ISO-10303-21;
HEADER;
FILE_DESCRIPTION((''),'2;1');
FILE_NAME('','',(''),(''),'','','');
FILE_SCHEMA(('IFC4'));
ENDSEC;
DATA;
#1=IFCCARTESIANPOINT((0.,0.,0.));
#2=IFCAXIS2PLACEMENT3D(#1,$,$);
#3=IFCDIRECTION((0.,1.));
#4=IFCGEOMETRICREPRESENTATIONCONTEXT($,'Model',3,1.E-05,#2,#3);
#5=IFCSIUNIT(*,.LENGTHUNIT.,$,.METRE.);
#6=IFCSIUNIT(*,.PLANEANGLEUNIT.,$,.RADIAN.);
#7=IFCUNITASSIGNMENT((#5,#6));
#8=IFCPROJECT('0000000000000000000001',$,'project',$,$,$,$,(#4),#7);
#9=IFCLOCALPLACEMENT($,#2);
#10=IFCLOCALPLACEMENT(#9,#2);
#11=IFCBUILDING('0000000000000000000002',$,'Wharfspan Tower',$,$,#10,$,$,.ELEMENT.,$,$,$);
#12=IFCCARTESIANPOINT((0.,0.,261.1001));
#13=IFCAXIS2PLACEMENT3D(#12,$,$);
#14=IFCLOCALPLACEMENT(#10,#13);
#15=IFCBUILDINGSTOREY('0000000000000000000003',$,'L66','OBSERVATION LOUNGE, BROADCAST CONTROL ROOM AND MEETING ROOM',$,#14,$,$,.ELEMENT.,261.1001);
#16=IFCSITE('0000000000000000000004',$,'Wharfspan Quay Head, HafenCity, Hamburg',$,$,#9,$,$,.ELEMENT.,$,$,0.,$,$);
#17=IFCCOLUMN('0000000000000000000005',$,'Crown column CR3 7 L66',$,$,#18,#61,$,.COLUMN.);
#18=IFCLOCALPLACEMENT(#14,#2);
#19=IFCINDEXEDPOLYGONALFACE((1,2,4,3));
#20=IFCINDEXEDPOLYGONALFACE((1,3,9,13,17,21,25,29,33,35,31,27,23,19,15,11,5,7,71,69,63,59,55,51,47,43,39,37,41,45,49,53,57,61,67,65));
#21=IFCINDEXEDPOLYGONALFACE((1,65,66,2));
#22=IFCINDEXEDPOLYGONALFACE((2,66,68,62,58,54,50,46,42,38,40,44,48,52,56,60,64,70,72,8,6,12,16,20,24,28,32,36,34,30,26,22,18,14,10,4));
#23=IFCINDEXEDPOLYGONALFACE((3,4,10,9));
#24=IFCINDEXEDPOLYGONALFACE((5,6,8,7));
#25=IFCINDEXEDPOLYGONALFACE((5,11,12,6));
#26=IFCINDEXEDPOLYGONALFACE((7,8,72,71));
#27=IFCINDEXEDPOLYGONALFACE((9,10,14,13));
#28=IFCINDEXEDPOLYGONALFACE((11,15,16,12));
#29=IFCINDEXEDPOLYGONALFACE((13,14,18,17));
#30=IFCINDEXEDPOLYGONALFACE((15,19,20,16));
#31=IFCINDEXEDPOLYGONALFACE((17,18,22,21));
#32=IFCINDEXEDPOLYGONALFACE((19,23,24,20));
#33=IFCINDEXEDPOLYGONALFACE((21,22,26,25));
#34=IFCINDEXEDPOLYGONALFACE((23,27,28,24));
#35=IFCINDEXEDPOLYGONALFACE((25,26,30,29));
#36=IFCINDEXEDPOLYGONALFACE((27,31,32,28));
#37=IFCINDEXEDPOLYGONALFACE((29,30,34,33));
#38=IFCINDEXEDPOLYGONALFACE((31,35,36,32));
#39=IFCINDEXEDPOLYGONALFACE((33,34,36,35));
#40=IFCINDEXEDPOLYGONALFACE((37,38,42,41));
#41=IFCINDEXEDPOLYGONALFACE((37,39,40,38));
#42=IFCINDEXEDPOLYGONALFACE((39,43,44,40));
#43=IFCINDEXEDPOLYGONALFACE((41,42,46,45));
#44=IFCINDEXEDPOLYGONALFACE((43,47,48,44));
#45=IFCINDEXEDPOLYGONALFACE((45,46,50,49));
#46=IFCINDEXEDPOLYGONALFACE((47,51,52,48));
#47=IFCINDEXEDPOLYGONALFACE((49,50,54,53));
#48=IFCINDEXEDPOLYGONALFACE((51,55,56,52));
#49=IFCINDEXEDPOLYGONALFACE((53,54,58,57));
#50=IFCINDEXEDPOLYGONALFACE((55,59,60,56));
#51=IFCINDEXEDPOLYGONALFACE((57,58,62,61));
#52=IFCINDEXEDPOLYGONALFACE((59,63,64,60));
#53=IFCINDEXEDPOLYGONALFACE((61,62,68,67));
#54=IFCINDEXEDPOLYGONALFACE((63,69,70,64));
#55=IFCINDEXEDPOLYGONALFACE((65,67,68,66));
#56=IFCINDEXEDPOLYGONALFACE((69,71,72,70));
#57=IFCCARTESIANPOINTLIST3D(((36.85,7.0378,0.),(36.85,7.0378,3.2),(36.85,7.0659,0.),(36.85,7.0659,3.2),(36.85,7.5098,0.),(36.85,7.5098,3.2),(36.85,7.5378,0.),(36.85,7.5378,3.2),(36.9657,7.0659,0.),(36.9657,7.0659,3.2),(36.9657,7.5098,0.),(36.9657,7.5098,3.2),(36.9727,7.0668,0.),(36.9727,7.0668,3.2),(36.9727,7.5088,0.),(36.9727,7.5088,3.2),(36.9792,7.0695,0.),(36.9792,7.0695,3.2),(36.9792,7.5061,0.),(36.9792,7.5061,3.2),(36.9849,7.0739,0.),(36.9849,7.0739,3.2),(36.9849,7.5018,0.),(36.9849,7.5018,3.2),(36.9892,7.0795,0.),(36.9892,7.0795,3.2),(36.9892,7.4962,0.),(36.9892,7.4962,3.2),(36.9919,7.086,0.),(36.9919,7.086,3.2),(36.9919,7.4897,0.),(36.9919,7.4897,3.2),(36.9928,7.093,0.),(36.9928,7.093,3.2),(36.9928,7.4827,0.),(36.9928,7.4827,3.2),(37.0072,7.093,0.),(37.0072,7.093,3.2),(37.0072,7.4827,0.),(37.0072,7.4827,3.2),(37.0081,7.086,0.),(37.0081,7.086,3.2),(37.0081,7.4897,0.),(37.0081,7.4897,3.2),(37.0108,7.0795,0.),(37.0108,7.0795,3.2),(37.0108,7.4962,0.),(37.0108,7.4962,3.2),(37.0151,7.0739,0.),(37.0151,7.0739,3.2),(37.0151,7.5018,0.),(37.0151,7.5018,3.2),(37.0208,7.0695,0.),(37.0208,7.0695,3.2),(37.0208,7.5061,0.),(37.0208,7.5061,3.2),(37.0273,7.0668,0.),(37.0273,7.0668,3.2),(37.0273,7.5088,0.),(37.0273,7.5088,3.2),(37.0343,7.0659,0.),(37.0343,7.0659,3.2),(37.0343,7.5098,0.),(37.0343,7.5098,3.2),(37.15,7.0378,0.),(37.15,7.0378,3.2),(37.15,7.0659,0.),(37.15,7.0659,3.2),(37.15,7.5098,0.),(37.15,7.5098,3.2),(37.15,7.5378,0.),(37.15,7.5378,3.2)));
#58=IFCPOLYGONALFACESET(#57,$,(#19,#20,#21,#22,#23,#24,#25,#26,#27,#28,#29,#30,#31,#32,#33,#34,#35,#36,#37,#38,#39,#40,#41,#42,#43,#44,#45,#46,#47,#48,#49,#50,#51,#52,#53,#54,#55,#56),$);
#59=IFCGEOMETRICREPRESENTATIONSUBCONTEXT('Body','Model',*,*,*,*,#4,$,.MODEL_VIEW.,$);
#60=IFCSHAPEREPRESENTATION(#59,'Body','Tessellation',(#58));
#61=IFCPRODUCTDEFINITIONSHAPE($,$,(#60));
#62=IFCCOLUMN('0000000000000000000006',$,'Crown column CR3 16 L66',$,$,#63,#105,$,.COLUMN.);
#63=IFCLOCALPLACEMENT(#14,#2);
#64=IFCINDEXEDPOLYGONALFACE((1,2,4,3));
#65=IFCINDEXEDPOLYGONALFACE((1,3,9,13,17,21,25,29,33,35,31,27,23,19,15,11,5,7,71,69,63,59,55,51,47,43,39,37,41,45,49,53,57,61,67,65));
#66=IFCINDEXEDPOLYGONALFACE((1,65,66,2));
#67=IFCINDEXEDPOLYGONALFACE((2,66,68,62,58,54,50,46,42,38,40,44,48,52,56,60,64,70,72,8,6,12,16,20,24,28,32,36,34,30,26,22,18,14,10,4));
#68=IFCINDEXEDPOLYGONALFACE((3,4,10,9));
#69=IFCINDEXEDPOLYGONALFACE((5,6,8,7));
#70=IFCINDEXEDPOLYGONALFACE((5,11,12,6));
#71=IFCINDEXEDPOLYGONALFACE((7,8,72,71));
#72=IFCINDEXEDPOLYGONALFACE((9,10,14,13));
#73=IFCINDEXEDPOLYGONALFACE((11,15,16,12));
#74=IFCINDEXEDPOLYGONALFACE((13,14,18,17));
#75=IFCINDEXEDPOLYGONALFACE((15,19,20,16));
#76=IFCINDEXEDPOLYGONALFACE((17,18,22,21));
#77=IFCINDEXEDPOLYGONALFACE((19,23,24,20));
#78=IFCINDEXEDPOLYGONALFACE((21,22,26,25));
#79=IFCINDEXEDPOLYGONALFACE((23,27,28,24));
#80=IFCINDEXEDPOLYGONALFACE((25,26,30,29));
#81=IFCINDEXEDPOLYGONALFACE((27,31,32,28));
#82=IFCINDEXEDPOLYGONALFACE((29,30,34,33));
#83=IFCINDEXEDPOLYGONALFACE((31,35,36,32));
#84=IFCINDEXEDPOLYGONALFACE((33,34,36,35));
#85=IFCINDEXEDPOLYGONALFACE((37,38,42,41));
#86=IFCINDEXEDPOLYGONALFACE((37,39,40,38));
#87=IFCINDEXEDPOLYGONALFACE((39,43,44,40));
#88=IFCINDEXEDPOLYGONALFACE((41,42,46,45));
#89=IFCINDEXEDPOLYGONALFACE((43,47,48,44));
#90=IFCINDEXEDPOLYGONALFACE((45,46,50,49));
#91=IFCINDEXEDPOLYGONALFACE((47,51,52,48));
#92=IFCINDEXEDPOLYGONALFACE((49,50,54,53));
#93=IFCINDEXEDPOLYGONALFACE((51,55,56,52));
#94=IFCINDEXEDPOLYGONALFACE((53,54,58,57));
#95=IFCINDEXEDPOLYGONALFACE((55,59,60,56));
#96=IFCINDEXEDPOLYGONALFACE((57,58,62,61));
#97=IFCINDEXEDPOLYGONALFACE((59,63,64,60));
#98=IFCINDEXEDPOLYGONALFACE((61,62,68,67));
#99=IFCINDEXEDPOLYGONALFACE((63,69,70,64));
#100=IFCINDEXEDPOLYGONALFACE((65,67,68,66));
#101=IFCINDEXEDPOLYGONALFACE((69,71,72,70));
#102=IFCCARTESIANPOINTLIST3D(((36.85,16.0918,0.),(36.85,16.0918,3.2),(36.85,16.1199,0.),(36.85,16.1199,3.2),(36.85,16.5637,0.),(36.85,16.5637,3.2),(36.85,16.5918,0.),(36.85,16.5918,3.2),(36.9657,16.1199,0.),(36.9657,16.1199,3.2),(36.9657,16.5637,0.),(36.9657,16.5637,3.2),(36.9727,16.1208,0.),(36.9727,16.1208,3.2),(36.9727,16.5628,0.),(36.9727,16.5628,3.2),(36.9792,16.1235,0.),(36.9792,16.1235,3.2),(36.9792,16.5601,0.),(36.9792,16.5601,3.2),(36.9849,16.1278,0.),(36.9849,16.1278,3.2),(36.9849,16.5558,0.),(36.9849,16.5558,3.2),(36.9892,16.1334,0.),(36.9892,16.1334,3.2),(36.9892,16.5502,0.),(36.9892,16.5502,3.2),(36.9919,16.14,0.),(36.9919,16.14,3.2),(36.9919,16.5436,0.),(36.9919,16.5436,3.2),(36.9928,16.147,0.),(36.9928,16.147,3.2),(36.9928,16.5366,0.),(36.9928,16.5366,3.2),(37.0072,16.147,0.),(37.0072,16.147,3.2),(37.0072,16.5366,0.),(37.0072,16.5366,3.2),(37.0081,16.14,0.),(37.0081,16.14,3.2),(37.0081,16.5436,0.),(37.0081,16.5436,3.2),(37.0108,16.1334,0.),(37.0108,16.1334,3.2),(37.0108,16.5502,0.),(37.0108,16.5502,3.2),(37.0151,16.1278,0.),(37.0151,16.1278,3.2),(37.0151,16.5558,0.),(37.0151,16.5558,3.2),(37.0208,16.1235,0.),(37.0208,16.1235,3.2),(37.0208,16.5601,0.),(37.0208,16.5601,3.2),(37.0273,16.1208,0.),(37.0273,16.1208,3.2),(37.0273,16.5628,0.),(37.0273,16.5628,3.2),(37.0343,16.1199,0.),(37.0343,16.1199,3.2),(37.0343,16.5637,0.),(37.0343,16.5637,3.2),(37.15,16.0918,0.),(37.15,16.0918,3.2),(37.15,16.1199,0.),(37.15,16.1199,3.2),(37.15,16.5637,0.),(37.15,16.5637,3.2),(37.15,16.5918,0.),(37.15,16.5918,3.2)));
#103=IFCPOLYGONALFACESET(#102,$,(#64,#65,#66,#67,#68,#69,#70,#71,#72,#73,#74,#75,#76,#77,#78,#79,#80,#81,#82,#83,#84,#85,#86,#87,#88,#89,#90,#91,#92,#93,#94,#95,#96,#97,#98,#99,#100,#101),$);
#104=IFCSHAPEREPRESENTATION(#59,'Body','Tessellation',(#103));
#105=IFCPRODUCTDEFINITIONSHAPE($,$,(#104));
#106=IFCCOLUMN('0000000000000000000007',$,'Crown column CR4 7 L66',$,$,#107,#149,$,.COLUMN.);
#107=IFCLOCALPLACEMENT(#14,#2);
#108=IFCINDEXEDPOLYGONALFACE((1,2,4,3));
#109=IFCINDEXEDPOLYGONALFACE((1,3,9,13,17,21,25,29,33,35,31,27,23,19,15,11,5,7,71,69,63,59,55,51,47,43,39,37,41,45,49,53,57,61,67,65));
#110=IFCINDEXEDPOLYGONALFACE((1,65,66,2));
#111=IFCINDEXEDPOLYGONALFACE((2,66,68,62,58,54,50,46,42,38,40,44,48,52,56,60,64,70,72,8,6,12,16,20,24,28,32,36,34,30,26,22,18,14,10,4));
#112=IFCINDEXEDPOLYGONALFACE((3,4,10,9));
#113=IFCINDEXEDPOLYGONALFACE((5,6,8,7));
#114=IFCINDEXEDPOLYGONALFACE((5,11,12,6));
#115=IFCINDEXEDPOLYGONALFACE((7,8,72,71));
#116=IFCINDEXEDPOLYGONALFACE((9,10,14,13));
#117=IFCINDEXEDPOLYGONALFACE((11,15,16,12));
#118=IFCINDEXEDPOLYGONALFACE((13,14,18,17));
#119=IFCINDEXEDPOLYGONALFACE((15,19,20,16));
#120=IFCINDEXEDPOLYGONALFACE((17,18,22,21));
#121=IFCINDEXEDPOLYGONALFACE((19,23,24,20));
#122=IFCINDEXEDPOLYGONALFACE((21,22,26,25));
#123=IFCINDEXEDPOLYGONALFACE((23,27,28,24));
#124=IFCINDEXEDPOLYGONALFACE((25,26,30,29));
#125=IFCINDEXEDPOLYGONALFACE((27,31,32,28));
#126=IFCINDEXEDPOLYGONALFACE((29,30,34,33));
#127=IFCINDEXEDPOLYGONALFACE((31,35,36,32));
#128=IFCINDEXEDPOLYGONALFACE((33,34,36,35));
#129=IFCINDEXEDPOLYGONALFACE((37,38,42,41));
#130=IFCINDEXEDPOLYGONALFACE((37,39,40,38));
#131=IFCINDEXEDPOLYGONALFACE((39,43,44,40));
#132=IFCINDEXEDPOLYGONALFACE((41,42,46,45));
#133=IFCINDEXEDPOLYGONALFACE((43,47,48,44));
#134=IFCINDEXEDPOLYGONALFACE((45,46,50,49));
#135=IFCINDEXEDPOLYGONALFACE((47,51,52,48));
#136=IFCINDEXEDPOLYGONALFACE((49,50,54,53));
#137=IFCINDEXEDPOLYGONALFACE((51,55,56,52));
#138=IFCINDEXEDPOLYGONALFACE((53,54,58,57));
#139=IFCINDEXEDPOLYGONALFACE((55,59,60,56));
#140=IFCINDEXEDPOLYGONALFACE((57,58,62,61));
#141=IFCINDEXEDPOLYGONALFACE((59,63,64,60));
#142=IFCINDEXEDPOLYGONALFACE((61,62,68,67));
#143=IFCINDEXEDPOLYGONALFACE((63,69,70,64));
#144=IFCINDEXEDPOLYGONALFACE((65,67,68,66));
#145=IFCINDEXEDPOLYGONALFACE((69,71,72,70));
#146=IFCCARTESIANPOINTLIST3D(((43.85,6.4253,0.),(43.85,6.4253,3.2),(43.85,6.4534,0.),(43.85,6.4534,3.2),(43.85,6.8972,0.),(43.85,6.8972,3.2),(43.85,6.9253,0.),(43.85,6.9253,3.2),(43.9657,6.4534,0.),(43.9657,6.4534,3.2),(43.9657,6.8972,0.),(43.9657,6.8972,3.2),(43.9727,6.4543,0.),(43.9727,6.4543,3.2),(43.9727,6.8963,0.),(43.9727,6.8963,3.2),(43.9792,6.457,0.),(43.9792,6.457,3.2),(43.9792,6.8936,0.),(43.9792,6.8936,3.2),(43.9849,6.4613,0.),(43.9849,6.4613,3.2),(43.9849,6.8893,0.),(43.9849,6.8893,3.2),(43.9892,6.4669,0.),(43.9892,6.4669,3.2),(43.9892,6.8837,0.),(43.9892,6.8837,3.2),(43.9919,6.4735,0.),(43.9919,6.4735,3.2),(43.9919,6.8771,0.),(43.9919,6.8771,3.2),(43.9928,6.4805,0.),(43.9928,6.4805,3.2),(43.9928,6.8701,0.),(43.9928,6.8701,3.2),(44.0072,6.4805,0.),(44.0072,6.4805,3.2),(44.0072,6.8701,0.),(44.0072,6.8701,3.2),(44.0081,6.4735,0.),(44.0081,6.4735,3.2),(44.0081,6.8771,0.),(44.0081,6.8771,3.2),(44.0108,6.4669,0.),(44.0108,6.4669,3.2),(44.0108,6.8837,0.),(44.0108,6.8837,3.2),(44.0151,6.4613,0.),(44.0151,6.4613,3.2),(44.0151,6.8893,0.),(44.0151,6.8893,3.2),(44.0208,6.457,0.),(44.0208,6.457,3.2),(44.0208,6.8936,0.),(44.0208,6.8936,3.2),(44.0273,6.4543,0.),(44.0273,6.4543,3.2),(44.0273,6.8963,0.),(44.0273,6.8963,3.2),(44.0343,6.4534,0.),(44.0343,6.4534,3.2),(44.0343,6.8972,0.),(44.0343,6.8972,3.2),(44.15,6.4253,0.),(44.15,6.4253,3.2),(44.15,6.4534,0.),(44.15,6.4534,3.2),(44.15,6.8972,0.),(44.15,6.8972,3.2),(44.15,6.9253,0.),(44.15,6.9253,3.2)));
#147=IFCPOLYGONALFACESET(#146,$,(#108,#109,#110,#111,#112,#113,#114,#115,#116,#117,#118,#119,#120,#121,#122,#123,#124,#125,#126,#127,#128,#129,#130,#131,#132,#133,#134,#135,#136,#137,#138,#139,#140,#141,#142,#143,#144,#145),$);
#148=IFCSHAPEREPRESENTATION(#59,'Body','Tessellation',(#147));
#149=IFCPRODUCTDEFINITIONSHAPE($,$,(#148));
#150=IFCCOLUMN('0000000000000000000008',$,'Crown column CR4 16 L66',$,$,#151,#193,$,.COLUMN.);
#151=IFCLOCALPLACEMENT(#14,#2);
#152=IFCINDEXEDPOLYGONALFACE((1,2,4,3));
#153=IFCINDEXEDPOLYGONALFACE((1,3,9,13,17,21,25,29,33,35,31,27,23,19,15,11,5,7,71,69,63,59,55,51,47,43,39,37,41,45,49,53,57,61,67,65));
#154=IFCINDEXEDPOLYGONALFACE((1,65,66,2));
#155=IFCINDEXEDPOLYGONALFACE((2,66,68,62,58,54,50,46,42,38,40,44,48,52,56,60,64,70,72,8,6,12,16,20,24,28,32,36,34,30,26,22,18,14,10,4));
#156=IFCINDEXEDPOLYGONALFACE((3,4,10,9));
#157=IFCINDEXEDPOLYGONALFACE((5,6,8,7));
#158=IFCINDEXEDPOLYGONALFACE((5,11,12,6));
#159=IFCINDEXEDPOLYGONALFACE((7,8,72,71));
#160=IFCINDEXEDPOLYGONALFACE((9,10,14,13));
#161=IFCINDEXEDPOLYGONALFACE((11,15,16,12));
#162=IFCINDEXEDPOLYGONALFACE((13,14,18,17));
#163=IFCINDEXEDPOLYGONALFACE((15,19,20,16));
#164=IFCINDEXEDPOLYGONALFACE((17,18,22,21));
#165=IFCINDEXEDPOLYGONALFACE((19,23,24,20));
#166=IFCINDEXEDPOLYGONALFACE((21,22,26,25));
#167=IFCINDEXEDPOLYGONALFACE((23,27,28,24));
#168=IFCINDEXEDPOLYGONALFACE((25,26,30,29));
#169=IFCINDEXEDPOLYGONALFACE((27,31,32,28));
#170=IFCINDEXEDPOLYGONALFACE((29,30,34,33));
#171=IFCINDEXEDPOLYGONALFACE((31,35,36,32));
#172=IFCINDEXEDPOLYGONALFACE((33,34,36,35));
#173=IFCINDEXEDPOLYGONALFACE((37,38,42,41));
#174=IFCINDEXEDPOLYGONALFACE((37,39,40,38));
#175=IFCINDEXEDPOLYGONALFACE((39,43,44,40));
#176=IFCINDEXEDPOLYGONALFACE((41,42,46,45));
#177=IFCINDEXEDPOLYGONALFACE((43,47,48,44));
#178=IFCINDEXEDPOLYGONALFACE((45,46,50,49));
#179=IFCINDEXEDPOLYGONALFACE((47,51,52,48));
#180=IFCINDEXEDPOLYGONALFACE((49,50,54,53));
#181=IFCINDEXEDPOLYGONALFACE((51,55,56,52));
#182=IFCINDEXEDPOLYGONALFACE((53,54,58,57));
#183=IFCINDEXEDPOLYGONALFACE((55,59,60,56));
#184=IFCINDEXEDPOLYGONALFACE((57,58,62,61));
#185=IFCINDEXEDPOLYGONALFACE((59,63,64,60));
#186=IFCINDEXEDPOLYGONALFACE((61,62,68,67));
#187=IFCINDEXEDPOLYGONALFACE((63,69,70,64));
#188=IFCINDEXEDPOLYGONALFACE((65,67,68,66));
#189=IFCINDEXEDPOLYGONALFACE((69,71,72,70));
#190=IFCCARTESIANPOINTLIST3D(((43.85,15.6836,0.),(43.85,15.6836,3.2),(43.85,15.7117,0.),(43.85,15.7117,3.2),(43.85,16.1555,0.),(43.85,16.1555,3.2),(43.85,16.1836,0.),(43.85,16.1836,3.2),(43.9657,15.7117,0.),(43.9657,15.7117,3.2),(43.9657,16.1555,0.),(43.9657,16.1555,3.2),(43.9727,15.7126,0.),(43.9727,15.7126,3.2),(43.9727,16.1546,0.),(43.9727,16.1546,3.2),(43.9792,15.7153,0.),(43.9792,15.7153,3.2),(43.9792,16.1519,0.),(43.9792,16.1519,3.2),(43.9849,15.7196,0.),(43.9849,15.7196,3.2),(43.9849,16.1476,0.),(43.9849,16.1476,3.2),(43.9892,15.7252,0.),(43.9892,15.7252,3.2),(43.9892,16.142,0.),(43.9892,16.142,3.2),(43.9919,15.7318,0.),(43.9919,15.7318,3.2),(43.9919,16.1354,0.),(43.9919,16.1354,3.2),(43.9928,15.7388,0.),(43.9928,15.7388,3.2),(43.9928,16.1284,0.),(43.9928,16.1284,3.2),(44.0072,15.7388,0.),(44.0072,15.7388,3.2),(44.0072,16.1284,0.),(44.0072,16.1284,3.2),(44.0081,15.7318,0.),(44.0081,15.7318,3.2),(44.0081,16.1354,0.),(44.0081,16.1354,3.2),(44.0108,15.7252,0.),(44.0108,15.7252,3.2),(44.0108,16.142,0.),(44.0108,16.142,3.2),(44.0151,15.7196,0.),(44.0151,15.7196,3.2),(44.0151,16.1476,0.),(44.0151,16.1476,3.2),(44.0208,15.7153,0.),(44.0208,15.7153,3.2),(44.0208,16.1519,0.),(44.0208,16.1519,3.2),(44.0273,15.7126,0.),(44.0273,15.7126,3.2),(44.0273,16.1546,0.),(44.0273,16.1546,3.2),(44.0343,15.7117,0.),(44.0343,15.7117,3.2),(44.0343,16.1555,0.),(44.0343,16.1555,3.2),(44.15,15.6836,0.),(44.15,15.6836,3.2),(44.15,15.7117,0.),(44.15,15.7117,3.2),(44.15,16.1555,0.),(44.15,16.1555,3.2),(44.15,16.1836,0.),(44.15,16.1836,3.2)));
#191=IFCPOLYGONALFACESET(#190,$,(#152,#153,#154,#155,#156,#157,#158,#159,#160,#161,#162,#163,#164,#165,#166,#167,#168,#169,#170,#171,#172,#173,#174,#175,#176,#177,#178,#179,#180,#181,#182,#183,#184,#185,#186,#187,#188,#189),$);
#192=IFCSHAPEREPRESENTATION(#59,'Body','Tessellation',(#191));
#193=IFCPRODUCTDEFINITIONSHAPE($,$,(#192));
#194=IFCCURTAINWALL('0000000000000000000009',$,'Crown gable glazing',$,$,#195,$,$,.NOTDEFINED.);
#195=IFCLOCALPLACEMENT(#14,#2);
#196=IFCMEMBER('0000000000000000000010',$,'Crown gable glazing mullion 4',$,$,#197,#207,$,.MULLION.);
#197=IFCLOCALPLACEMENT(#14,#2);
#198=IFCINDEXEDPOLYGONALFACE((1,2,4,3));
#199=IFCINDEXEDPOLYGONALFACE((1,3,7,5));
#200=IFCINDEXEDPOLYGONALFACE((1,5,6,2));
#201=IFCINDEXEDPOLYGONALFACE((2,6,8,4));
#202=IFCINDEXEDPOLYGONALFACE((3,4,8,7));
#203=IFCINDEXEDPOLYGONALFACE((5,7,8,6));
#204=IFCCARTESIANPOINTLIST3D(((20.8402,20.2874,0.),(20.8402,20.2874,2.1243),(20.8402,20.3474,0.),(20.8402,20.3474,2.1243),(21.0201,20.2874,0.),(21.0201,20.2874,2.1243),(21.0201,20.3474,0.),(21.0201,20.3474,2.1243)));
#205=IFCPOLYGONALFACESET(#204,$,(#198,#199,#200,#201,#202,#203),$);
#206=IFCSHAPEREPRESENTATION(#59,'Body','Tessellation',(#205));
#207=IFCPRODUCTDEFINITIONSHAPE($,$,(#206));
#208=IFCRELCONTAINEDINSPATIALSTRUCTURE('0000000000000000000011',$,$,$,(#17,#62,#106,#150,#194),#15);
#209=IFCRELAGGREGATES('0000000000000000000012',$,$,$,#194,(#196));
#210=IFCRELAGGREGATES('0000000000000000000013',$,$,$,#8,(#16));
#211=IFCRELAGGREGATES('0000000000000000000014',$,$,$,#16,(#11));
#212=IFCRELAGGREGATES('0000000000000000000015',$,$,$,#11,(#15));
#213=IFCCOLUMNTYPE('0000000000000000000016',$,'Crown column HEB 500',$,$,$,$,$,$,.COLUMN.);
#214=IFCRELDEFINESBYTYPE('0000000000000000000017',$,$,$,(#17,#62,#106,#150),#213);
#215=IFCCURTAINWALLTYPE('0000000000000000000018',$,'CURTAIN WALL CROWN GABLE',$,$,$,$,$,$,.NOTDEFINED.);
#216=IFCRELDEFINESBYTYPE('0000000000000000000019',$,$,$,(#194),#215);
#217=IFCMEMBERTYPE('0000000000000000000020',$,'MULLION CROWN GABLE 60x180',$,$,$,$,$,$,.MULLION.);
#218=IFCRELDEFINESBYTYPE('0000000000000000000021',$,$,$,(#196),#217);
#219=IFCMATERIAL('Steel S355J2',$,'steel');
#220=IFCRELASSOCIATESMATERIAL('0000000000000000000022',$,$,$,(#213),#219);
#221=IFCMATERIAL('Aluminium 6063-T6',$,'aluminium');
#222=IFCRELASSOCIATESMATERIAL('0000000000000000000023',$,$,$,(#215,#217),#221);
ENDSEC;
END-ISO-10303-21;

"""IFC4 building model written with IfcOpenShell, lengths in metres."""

from ifc_helpers import new_model, si_unit, direction, frame, origin, origin_2d, place, context, subcontext, project, spatial, rectangle, i_section, extrude, material, material_profile, profile_set, type_object, element, aggregate, save


model = new_model("IFC4")

# Units and contexts
model_context = context("Model", 3, precision=1e-05, world=origin(), true_north=direction((0.0, 1.0)))
body_context = subcontext(model_context, "Body", "Model", "MODEL_VIEW")
ifc_project = project(units=[si_unit("LENGTHUNIT", "METRE"), si_unit("PLANEANGLEUNIT", "RADIAN")], contexts=[model_context])

# Site, building, storey
site_placement = place(None, origin())
site = spatial("IfcSite", under=ifc_project, at=site_placement, Name="Wharfspan Quay Head, HafenCity, Hamburg", CompositionType="ELEMENT", RefElevation=0.0)
building_placement = place(site_placement, origin())
building = spatial("IfcBuilding", under=site, at=building_placement, Name="Wharfspan Tower", CompositionType="ELEMENT")
storey_placement = place(building_placement, frame((0.0, 0.0, 261.1001)))
storey = spatial("IfcBuildingStorey", under=building, at=storey_placement, Name="L66", Description="OBSERVATION LOUNGE, BROADCAST CONTROL ROOM AND MEETING ROOM", CompositionType="ELEMENT", Elevation=261.1001)

# Columns
ifc_material_1 = material(Name="Steel S355J2", Category="steel")
ifc_material_profile_1 = material_profile(ifc_material_1, i_section(OverallWidth=0.3, OverallDepth=0.5, WebThickness=0.0144, FlangeThickness=0.0281, FilletRadius=0.0271, at=origin_2d()))
ifc_profile_set_1 = profile_set([ifc_material_profile_1], Name="Steel S355J2")
column_type = type_object("IfcColumnType", Name="Crown column HEB 500", PredefinedType="COLUMN", material=ifc_profile_set_1)
for number, where, z_axis, x_axis, name in (
    (1, (37.0, 7.2878, 0.0), (0.0, 0.0, 1.0), (1.0, 0.0, 0.0), "Crown column CR3 7 L66"),
    (2, (37.0, 16.3418, 0.0), (0.0, 0.0, 1.0), (1.0, 0.0, 0.0), "Crown column CR3 16 L66"),
    (3, (44.0, 6.6753, 0.0), (0.0, 0.0, 1.0), (1.0, 0.0, 0.0), "Crown column CR4 7 L66"),
    (4, (44.0, 15.9336, 0.0), (0.0, 0.0, 1.0), (1.0, 0.0, 0.0), "Crown column CR4 16 L66"),
):
    element("IfcColumn", number, at=place(storey_placement, frame(where, z_axis=z_axis, x_axis=x_axis)), inside=storey, type_object=column_type, Name=name, PredefinedType="COLUMN", context=body_context, shape_type="SweptSolid", body=[
        extrude(i_section(OverallWidth=0.3, OverallDepth=0.5, WebThickness=0.0144, FlangeThickness=0.0281, FilletRadius=0.0271, at=origin_2d()), origin(), (0.0, 0.0, 1.0), 3.2),
    ])

# Curtain wall, member
ifc_material_2 = material(Name="Aluminium 6063-T6", Category="aluminium")
curtain_wall_type_1 = type_object("IfcCurtainWallType", Name="CURTAIN WALL CROWN GABLE", PredefinedType="NOTDEFINED", material=ifc_material_2)
curtain_wall_1_placement = place(storey_placement, origin())
curtain_wall_1 = element("IfcCurtainWall", 5, at=curtain_wall_1_placement, inside=storey, type_object=curtain_wall_type_1, Name="Crown gable glazing", PredefinedType="NOTDEFINED")
ifc_material_profile_2 = material_profile(ifc_material_2, rectangle(XDim=0.1799, YDim=0.0601, at=origin_2d()))
ifc_profile_set_2 = profile_set([ifc_material_profile_2], Name="Aluminium 6063-T6")
member_type_1 = type_object("IfcMemberType", Name="MULLION CROWN GABLE 60x180", PredefinedType="MULLION", material=ifc_profile_set_2)
member_1_placement = place(storey_placement, frame((20.9302, 20.3174, 0.0), z_axis=(0.0, 0.0, 1.0), x_axis=(-1.0, 0.0, 0.0)))
member_1 = element("IfcMember", 6, at=member_1_placement, type_object=member_type_1, Name="Crown gable glazing mullion 4", PredefinedType="MULLION", context=body_context, shape_type="SweptSolid", body=[
    extrude(rectangle(XDim=0.1799, YDim=0.0601, at=origin_2d()), origin(), (0.0, 0.0, 1.0), 2.1243),
])

aggregate(curtain_wall_1, [member_1])

save(model, "model.ifc")
